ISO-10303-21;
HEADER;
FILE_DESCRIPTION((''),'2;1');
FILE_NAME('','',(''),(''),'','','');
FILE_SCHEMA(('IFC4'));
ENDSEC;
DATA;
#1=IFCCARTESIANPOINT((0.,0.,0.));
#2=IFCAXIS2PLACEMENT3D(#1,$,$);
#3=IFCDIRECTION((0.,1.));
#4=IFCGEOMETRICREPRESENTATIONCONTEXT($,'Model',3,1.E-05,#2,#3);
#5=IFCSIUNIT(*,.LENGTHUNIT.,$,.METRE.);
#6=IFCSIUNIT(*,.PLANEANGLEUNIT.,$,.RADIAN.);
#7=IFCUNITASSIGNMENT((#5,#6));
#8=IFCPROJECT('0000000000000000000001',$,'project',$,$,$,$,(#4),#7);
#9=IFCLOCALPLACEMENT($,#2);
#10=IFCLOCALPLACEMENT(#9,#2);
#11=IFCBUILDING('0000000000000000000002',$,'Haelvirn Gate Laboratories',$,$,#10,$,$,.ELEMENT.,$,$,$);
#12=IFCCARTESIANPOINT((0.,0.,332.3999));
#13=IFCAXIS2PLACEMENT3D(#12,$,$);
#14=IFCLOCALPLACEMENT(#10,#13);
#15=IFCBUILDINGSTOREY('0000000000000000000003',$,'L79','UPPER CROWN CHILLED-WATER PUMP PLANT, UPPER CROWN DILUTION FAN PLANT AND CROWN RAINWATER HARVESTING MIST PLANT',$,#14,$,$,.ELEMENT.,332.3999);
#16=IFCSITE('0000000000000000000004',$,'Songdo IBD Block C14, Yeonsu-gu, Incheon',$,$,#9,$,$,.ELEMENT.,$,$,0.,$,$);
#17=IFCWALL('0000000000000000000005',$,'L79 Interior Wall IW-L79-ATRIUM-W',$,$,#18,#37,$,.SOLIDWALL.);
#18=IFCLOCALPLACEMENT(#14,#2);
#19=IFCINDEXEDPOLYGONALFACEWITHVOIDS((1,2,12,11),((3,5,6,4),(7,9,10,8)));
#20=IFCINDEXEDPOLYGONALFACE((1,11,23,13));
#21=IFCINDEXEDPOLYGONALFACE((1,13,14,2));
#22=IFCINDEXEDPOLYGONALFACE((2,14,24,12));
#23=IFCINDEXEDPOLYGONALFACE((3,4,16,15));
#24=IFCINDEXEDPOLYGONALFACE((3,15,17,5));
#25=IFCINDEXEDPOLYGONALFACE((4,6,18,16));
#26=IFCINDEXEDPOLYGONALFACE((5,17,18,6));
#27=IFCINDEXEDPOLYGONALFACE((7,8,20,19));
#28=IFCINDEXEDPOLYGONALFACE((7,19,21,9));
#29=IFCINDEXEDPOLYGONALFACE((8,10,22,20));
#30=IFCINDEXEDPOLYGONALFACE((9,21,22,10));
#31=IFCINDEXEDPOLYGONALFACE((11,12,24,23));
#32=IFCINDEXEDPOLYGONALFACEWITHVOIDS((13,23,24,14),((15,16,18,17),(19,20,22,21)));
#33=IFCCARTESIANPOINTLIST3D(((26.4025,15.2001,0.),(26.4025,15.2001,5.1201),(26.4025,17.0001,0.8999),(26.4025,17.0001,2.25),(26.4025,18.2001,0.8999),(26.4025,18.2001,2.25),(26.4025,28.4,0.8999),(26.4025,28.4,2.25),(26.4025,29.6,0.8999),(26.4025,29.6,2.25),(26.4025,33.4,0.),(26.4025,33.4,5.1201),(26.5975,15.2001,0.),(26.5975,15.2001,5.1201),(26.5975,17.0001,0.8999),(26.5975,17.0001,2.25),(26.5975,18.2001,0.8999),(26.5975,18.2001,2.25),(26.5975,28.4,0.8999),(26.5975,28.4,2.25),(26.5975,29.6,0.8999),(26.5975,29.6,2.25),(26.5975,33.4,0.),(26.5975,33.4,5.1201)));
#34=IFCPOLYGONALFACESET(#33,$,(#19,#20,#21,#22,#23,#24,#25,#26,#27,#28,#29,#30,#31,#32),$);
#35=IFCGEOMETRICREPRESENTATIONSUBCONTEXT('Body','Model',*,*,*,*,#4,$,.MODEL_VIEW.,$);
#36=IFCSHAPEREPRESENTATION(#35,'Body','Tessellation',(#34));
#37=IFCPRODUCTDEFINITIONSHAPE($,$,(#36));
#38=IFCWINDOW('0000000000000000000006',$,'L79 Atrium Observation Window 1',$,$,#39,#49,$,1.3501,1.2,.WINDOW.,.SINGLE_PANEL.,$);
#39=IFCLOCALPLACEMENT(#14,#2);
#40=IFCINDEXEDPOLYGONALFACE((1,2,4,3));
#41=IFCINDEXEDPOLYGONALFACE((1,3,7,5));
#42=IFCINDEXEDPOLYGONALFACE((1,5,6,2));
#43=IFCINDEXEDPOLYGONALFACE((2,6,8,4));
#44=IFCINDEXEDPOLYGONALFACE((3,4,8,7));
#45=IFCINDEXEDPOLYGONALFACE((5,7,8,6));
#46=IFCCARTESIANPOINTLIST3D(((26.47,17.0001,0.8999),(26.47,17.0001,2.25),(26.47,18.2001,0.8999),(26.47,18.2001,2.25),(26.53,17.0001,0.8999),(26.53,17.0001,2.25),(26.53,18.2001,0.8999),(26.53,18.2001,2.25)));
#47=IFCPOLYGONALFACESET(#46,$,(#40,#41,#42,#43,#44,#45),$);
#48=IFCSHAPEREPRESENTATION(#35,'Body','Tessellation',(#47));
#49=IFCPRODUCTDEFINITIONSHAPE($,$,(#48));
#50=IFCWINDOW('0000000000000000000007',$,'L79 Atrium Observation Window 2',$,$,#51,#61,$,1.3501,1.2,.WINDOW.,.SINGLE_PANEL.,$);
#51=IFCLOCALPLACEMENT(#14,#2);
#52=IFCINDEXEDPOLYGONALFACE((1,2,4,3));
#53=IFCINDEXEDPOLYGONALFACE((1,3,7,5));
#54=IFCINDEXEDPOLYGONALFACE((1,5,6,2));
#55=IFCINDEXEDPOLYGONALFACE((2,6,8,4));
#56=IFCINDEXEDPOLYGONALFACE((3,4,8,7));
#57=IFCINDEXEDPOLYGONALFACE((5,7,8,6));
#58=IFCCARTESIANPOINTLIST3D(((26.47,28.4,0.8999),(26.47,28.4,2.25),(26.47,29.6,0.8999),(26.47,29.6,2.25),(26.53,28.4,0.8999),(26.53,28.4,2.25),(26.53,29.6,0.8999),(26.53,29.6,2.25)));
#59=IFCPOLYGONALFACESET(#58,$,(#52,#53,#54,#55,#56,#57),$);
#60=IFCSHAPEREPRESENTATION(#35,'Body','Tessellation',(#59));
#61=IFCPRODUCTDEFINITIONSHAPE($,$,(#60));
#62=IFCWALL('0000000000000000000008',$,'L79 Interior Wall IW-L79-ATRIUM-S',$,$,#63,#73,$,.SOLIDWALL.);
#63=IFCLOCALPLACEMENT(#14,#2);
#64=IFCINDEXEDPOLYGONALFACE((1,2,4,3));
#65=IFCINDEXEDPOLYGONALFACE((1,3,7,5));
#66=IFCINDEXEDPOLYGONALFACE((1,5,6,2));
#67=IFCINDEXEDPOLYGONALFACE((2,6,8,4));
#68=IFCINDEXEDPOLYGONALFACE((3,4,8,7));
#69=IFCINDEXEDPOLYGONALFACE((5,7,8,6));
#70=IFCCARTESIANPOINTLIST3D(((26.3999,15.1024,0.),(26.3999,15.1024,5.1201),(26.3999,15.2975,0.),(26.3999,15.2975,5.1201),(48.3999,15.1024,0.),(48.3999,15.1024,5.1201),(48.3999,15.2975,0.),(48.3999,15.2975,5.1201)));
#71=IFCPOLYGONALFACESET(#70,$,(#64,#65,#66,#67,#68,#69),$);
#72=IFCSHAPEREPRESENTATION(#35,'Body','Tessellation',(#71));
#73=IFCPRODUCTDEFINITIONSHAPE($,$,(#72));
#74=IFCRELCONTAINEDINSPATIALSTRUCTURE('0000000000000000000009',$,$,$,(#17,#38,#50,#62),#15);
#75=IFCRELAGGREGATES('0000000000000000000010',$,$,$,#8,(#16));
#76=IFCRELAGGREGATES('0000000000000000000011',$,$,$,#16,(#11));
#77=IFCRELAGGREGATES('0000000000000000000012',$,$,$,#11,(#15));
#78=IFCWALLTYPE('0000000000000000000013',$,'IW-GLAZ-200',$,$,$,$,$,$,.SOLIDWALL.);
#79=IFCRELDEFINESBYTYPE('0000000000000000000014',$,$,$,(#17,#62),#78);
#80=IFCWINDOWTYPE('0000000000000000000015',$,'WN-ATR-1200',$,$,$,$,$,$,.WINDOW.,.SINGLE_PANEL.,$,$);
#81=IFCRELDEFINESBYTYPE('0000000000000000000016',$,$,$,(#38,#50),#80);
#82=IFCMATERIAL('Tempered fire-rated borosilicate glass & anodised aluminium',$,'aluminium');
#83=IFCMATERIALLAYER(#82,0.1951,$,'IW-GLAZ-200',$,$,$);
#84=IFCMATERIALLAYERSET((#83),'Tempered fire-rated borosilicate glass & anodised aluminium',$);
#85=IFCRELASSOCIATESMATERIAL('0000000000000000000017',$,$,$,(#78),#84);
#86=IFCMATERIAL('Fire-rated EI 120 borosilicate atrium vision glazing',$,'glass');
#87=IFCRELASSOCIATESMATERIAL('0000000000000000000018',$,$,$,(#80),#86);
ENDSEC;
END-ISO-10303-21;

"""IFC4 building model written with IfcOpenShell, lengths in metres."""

from ifc_helpers import new_model, si_unit, direction, frame, frame_2d, origin, place, context, subcontext, project, spatial, rectangle, extrude, source, transform, mapped, material, layer, layer_set, type_object, type_shapes, element, fill, save


model = new_model("IFC4")

# Units and contexts
model_context = context("Model", 3, precision=1e-05, world=origin(), true_north=direction((0.0, 1.0)))
body_context = subcontext(model_context, "Body", "Model", "MODEL_VIEW")
ifc_project = project(units=[si_unit("LENGTHUNIT", "METRE"), si_unit("PLANEANGLEUNIT", "RADIAN")], contexts=[model_context])

# Site, building, storey
site_placement = place(None, origin())
site = spatial("IfcSite", under=ifc_project, at=site_placement, Name="Songdo IBD Block C14, Yeonsu-gu, Incheon", CompositionType="ELEMENT", RefElevation=0.0)
building_placement = place(site_placement, origin())
building = spatial("IfcBuilding", under=site, at=building_placement, Name="Haelvirn Gate Laboratories", CompositionType="ELEMENT")
storey_placement = place(building_placement, frame((0.0, 0.0, 332.3999)))
storey = spatial("IfcBuildingStorey", under=building, at=storey_placement, Name="L79", Description="UPPER CROWN CHILLED-WATER PUMP PLANT, UPPER CROWN DILUTION FAN PLANT AND CROWN RAINWATER HARVESTING MIST PLANT", CompositionType="ELEMENT", Elevation=332.3999)

# Wall, openings, windows
ifc_material_1 = material(Name="Tempered fire-rated borosilicate glass & anodised aluminium", Category="aluminium")
ifc_layer_1 = layer(ifc_material_1, 0.1951, Name="IW-GLAZ-200")
ifc_layer_set_1 = layer_set([ifc_layer_1], Name="Tempered fire-rated borosilicate glass & anodised aluminium")
wall_type_1 = type_object("IfcWallType", Name="IW-GLAZ-200", PredefinedType="SOLIDWALL", material=ifc_layer_set_1)
wall_1_placement = place(storey_placement, frame((26.5, 15.2, 0.0), z_axis=(0.0, 0.0, 1.0), x_axis=(0.0, 1.0, 0.0)))
wall_1 = element("IfcWall", 1, at=wall_1_placement, inside=storey, type_object=wall_type_1, Name="L79 Interior Wall IW-L79-ATRIUM-W", PredefinedType="SOLIDWALL", context=body_context, shape_type="SweptSolid", body=[
    extrude(rectangle(XDim=18.2, YDim=0.1951, at=frame_2d((9.1001, 0.0))), origin(), (0.0, 0.0, 1.0), 5.1201),
])
opening_1_placement = place(wall_1_placement, frame((1.8, 0.0, 0.8999)))
opening_1 = element("IfcOpeningElement", 2, at=opening_1_placement, cuts=wall_1, PredefinedType="OPENING", context=body_context, shape_type="SweptSolid", body=[
    extrude(rectangle(XDim=1.2, YDim=1.3501, at=frame_2d((0.6001, 0.675))), frame((0.0, 0.1074, 0.0), z_axis=(0.0, -1.0, 0.0), x_axis=(1.0, 0.0, 0.0)), (0.0, 0.0, 1.0), 0.2151),
])
opening_2_placement = place(wall_1_placement, frame((13.2, 0.0, 0.8999)))
opening_2 = element("IfcOpeningElement", 3, at=opening_2_placement, cuts=wall_1, PredefinedType="OPENING", context=body_context, shape_type="SweptSolid", body=[
    extrude(rectangle(XDim=1.2, YDim=1.3501, at=frame_2d((0.6001, 0.675))), frame((0.0, 0.1074, 0.0), z_axis=(0.0, -1.0, 0.0), x_axis=(1.0, 0.0, 0.0)), (0.0, 0.0, 1.0), 0.2151),
])
ifc_material_2 = material(Name="Fire-rated EI 120 borosilicate atrium vision glazing", Category="glass")
window_type = type_object("IfcWindowType", Name="WN-ATR-1200", PartitioningType="SINGLE_PANEL", PredefinedType="WINDOW", material=ifc_material_2)
shared_shape_1 = source(origin(), body_context, "Body", "SweptSolid", [
    extrude(rectangle(XDim=1.2, YDim=1.3501, at=frame_2d((0.6001, 0.675))), frame((0.0, 0.03, 0.0), z_axis=(0.0, -1.0, 0.0), x_axis=(1.0, 0.0, 0.0)), (0.0, 0.0, 1.0), 0.0601),
])
type_shapes(window_type, [shared_shape_1])
window_1_placement = place(opening_1_placement, origin())
window_1 = element("IfcWindow", 4, at=window_1_placement, inside=storey, type_object=window_type, Name="L79 Atrium Observation Window 1", OverallHeight=1.3501, OverallWidth=1.2, PartitioningType="SINGLE_PANEL", PredefinedType="WINDOW", context=body_context, shape_type="MappedRepresentation", body=[
    mapped(shared_shape_1, transform((0.0, 0.0, 0.0), scale=1.0)),
])
fill(opening_1, window_1)
window_2_placement = place(opening_2_placement, origin())
window_2 = element("IfcWindow", 5, at=window_2_placement, inside=storey, type_object=window_type, Name="L79 Atrium Observation Window 2", OverallHeight=1.3501, OverallWidth=1.2, PartitioningType="SINGLE_PANEL", PredefinedType="WINDOW", context=body_context, shape_type="MappedRepresentation", body=[
    mapped(shared_shape_1, transform((0.0, 0.0, 0.0), scale=1.0)),
])
fill(opening_2, window_2)

# Wall
wall_2_placement = place(storey_placement, frame((26.3999, 15.2, 0.0), z_axis=(0.0, 0.0, 1.0), x_axis=(1.0, 0.0, 0.0)))
element("IfcWall", 6, at=wall_2_placement, inside=storey, type_object=wall_type_1, Name="L79 Interior Wall IW-L79-ATRIUM-S", PredefinedType="SOLIDWALL", context=body_context, shape_type="SweptSolid", body=[
    extrude(rectangle(XDim=22.0, YDim=0.1951, at=frame_2d((11.0, 0.0))), origin(), (0.0, 0.0, 1.0), 5.1201),
])

save(model, "model.ifc")
